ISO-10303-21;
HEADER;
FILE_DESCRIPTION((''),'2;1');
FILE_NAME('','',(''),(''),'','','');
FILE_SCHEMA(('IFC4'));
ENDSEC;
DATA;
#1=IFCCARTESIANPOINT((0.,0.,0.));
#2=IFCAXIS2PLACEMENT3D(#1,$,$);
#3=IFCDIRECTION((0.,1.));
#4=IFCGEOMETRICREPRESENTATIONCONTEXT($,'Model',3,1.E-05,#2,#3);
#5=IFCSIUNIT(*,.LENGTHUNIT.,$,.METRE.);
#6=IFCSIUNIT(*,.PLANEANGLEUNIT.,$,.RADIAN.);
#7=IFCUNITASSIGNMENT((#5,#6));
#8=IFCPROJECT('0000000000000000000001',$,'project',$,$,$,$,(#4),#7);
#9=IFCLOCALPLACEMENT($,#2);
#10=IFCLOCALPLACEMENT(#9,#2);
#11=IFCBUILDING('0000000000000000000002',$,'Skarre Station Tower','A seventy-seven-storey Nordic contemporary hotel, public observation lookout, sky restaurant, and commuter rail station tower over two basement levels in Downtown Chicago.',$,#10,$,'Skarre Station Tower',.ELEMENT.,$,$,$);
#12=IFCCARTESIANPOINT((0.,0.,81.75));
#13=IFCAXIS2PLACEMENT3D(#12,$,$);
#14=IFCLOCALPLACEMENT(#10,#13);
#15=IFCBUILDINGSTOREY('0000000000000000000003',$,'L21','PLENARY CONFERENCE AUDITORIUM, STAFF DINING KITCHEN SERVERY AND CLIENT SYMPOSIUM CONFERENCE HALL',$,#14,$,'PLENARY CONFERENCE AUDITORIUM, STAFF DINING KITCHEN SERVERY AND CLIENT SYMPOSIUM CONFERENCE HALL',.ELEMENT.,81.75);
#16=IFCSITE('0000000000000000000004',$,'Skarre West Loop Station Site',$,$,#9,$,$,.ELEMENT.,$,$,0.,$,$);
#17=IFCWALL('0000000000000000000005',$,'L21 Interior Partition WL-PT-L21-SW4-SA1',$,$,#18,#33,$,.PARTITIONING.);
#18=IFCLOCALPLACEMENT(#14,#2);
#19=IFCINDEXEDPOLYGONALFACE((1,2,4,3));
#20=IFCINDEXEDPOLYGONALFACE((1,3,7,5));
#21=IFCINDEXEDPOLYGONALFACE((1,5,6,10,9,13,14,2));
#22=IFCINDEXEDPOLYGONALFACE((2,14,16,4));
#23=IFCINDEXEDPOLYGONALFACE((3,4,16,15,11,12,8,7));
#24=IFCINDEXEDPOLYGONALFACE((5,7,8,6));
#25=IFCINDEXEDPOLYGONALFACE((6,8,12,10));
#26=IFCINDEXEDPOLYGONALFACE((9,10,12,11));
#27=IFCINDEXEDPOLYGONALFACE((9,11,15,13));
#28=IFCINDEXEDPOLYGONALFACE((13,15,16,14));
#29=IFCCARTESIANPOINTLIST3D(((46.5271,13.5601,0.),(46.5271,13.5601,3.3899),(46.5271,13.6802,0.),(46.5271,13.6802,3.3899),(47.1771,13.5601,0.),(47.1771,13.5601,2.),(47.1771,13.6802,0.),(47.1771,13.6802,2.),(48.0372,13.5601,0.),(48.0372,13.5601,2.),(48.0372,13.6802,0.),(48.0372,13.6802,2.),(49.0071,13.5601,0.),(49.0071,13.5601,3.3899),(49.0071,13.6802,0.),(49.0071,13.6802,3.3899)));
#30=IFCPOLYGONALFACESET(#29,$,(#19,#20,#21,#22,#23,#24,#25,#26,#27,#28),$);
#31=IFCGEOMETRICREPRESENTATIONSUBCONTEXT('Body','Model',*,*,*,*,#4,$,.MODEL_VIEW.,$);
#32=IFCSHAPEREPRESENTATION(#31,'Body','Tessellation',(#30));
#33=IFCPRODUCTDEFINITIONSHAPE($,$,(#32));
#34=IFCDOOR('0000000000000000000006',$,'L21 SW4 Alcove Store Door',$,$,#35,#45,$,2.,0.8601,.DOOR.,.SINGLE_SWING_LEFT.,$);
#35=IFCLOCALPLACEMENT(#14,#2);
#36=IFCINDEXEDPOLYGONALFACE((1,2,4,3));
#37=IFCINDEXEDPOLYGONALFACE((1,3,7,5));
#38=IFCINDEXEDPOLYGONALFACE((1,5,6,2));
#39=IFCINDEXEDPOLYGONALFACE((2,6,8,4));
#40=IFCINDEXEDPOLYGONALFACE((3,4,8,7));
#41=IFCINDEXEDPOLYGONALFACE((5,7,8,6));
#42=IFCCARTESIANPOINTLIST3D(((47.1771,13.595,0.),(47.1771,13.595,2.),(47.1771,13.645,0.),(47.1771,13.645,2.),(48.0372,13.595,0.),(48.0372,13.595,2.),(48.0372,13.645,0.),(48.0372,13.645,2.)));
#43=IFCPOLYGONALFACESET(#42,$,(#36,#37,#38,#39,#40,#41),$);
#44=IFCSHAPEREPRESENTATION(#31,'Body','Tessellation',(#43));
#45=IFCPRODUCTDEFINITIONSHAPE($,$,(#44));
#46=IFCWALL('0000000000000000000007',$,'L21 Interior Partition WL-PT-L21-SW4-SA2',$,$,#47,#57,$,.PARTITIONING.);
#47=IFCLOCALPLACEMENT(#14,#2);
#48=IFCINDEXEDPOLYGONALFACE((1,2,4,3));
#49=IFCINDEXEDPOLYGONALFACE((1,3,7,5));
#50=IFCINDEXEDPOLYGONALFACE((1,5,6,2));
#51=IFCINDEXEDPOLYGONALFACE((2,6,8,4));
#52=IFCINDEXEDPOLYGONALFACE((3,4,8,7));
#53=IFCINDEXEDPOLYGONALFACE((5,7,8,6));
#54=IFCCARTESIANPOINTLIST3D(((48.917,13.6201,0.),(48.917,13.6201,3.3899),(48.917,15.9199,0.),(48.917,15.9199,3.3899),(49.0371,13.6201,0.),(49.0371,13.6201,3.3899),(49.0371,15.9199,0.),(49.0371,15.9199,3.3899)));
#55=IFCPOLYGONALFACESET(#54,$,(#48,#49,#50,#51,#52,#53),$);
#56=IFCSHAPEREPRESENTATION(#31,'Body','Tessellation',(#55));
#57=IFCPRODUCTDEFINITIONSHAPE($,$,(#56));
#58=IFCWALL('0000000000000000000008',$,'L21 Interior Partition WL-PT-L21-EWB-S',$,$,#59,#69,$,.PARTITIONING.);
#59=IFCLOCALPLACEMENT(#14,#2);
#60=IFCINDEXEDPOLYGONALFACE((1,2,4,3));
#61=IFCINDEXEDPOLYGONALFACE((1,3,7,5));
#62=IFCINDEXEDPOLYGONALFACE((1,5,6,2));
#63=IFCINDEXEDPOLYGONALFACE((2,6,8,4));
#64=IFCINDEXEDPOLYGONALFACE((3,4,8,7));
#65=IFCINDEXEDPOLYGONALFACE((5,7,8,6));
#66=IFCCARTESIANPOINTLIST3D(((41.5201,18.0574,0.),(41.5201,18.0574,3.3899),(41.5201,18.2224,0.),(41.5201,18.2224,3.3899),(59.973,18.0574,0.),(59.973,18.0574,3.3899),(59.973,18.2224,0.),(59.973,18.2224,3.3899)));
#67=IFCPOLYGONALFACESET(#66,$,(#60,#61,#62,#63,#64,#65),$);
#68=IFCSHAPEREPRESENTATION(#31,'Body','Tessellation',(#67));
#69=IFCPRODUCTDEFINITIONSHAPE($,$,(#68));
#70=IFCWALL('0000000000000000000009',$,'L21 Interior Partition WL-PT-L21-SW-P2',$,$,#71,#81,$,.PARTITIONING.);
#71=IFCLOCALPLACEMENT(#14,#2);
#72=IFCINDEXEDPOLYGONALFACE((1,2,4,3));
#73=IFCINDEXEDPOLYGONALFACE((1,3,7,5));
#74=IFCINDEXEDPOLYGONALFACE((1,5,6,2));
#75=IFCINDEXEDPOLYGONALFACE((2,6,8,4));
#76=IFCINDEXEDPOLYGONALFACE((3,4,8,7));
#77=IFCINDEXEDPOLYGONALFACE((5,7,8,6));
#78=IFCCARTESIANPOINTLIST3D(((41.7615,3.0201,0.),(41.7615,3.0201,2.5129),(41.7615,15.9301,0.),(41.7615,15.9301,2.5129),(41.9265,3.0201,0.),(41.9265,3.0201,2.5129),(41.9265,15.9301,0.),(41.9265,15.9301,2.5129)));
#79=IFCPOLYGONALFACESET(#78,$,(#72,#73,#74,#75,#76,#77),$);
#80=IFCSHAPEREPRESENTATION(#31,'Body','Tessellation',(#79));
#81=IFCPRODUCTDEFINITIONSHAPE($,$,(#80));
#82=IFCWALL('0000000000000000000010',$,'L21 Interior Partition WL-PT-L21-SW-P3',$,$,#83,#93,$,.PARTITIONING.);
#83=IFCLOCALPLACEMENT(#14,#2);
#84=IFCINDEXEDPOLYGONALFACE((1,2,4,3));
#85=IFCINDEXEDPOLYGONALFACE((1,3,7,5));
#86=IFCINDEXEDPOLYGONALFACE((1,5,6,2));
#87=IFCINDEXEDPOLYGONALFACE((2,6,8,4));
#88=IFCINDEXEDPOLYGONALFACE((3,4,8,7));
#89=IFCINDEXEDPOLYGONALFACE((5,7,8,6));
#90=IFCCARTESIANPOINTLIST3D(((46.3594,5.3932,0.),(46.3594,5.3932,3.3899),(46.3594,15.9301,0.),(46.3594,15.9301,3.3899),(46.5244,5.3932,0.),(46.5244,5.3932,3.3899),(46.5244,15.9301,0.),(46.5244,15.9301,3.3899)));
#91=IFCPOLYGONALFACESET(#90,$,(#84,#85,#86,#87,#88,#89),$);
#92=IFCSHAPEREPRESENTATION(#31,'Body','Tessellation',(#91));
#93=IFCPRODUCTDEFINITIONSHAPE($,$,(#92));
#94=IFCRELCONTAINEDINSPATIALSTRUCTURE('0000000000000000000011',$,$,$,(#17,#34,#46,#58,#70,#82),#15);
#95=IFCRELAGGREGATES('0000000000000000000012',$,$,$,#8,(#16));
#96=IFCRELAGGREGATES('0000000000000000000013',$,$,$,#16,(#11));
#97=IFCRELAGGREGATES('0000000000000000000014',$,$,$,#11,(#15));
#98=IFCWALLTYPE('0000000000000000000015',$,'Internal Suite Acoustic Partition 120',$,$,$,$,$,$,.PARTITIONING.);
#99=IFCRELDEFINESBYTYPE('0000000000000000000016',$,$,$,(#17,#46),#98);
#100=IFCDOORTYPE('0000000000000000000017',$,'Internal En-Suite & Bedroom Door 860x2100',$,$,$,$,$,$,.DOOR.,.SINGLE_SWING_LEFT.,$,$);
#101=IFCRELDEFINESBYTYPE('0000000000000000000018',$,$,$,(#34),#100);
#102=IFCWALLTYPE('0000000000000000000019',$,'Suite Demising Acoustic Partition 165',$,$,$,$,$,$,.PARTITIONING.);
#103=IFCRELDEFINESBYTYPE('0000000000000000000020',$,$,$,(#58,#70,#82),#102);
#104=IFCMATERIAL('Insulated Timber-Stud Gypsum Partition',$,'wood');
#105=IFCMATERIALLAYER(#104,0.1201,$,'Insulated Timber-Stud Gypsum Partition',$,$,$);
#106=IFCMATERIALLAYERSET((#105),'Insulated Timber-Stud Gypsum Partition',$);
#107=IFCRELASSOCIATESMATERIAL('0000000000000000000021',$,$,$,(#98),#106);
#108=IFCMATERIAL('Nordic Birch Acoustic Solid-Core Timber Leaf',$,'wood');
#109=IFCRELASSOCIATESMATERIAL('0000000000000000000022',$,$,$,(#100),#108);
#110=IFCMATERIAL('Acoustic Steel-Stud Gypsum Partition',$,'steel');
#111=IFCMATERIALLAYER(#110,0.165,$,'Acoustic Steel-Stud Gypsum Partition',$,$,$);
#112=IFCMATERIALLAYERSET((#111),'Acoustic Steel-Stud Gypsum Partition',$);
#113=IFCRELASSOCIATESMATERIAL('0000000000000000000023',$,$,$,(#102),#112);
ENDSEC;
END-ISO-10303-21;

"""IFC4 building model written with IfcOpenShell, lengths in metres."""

from ifc_helpers import new_model, si_unit, direction, frame, frame_2d, origin, place, context, subcontext, project, spatial, rectangle, extrude, material, layer, layer_set, type_object, element, fill, save


model = new_model("IFC4")

# Units and contexts
model_context = context("Model", 3, precision=1e-05, world=origin(), true_north=direction((0.0, 1.0)))
body_context = subcontext(model_context, "Body", "Model", "MODEL_VIEW")
ifc_project = project(units=[si_unit("LENGTHUNIT", "METRE"), si_unit("PLANEANGLEUNIT", "RADIAN")], contexts=[model_context])

# Site, building, storey
site_placement = place(None, origin())
site = spatial("IfcSite", under=ifc_project, at=site_placement, Name="Skarre West Loop Station Site", CompositionType="ELEMENT", RefElevation=0.0)
building_placement = place(site_placement, origin())
building = spatial("IfcBuilding", under=site, at=building_placement, Name="Skarre Station Tower", Description="A seventy-seven-storey Nordic contemporary hotel, public observation lookout, sky restaurant, and commuter rail station tower over two basement levels in Downtown Chicago.", LongName="Skarre Station Tower", CompositionType="ELEMENT")
storey_placement = place(building_placement, frame((0.0, 0.0, 81.75)))
storey = spatial("IfcBuildingStorey", under=building, at=storey_placement, Name="L21", Description="PLENARY CONFERENCE AUDITORIUM, STAFF DINING KITCHEN SERVERY AND CLIENT SYMPOSIUM CONFERENCE HALL", LongName="PLENARY CONFERENCE AUDITORIUM, STAFF DINING KITCHEN SERVERY AND CLIENT SYMPOSIUM CONFERENCE HALL", CompositionType="ELEMENT", Elevation=81.75)

# Wall, opening, door
ifc_material_1 = material(Name="Acoustic Steel-Stud Gypsum Partition", Category="steel")
ifc_material_2 = material(Name="Insulated Timber-Stud Gypsum Partition", Category="wood")
ifc_layer_1 = layer(ifc_material_2, 0.1201, Name="Insulated Timber-Stud Gypsum Partition")
ifc_layer_set_1 = layer_set([ifc_layer_1], Name="Insulated Timber-Stud Gypsum Partition")
wall_type_1 = type_object("IfcWallType", Name="Internal Suite Acoustic Partition 120", PredefinedType="PARTITIONING", material=ifc_layer_set_1)
wall_1_placement = place(storey_placement, frame((46.5271, 13.6201, 0.0), z_axis=(0.0, 0.0, 1.0), x_axis=(1.0, 0.0, 0.0)))
wall_1 = element("IfcWall", 1, at=wall_1_placement, inside=storey, type_object=wall_type_1, Name="L21 Interior Partition WL-PT-L21-SW4-SA1", PredefinedType="PARTITIONING", context=body_context, shape_type="SweptSolid", body=[
    extrude(rectangle(XDim=2.48, YDim=0.1201, at=frame_2d((1.24, 0.0))), origin(), (0.0, 0.0, 1.0), 3.3899),
])
opening_1_placement = place(wall_1_placement, frame((0.6499, 0.0, 0.0)))
opening_1 = element("IfcOpeningElement", 2, at=opening_1_placement, cuts=wall_1, PredefinedType="OPENING", context=body_context, shape_type="SweptSolid", body=[
    extrude(rectangle(XDim=0.8601, YDim=2.0, at=frame_2d((0.4302, 1.0))), frame((0.0, 0.0701, 0.0), z_axis=(0.0, -1.0, 0.0), x_axis=(1.0, 0.0, 0.0)), (0.0, 0.0, 1.0), 0.1401),
])
ifc_material_3 = material(Name="Nordic Birch Acoustic Solid-Core Timber Leaf", Category="wood")
door_type_1 = type_object("IfcDoorType", Name="Internal En-Suite & Bedroom Door 860x2100", OperationType="SINGLE_SWING_LEFT", PredefinedType="DOOR", material=ifc_material_3)
door_1_placement = place(opening_1_placement, origin())
door_1 = element("IfcDoor", 3, at=door_1_placement, inside=storey, type_object=door_type_1, Name="L21 SW4 Alcove Store Door", OperationType="SINGLE_SWING_LEFT", OverallHeight=2.0, OverallWidth=0.8601, PredefinedType="DOOR", context=body_context, shape_type="SweptSolid", body=[
    extrude(rectangle(XDim=0.8601, YDim=2.0, at=frame_2d((0.4302, 1.0))), frame((0.0, 0.0249, 0.0), z_axis=(0.0, -1.0, 0.0), x_axis=(1.0, 0.0, 0.0)), (0.0, 0.0, 1.0), 0.05),
])
fill(opening_1, door_1)

# Walls
wall_2_placement = place(storey_placement, frame((48.9771, 13.6201, 0.0), z_axis=(0.0, 0.0, 1.0), x_axis=(0.0, 1.0, 0.0)))
element("IfcWall", 4, at=wall_2_placement, inside=storey, type_object=wall_type_1, Name="L21 Interior Partition WL-PT-L21-SW4-SA2", PredefinedType="PARTITIONING", context=body_context, shape_type="SweptSolid", body=[
    extrude(rectangle(XDim=2.2998, YDim=0.1201, at=frame_2d((1.1499, 0.0))), origin(), (0.0, 0.0, 1.0), 3.3899),
])
ifc_layer_2 = layer(ifc_material_1, 0.165, Name="Acoustic Steel-Stud Gypsum Partition")
ifc_layer_set_2 = layer_set([ifc_layer_2], Name="Acoustic Steel-Stud Gypsum Partition")
wall_type_2 = type_object("IfcWallType", Name="Suite Demising Acoustic Partition 165", PredefinedType="PARTITIONING", material=ifc_layer_set_2)
wall_3_placement = place(storey_placement, frame((41.52, 18.1399, 0.0), z_axis=(0.0, 0.0, 1.0), x_axis=(1.0, 0.0, 0.0)))
element("IfcWall", 5, at=wall_3_placement, inside=storey, type_object=wall_type_2, Name="L21 Interior Partition WL-PT-L21-EWB-S", PredefinedType="PARTITIONING", context=body_context, shape_type="SweptSolid", body=[
    extrude(rectangle(XDim=18.4529, YDim=0.165, at=frame_2d((9.2266, 0.0))), origin(), (0.0, 0.0, 1.0), 3.3899),
])
wall_4_placement = place(storey_placement, frame((41.844, 3.02, 0.0), z_axis=(0.0, 0.0, 1.0), x_axis=(0.0, 1.0, 0.0)))
element("IfcWall", 6, at=wall_4_placement, inside=storey, type_object=wall_type_2, Name="L21 Interior Partition WL-PT-L21-SW-P2", PredefinedType="PARTITIONING", context=body_context, shape_type="SweptSolid", body=[
    extrude(rectangle(XDim=12.9099, YDim=0.165, at=frame_2d((6.4551, 0.0))), origin(), (0.0, 0.0, 1.0), 2.5129),
])
wall_5_placement = place(storey_placement, frame((46.4419, 5.3931, 0.0), z_axis=(0.0, 0.0, 1.0), x_axis=(0.0, 1.0, 0.0)))
element("IfcWall", 7, at=wall_5_placement, inside=storey, type_object=wall_type_2, Name="L21 Interior Partition WL-PT-L21-SW-P3", PredefinedType="PARTITIONING", context=body_context, shape_type="SweptSolid", body=[
    extrude(rectangle(XDim=10.5369, YDim=0.165, at=frame_2d((5.2686, 0.0))), origin(), (0.0, 0.0, 1.0), 3.3899),
])

save(model, "model.ifc")
